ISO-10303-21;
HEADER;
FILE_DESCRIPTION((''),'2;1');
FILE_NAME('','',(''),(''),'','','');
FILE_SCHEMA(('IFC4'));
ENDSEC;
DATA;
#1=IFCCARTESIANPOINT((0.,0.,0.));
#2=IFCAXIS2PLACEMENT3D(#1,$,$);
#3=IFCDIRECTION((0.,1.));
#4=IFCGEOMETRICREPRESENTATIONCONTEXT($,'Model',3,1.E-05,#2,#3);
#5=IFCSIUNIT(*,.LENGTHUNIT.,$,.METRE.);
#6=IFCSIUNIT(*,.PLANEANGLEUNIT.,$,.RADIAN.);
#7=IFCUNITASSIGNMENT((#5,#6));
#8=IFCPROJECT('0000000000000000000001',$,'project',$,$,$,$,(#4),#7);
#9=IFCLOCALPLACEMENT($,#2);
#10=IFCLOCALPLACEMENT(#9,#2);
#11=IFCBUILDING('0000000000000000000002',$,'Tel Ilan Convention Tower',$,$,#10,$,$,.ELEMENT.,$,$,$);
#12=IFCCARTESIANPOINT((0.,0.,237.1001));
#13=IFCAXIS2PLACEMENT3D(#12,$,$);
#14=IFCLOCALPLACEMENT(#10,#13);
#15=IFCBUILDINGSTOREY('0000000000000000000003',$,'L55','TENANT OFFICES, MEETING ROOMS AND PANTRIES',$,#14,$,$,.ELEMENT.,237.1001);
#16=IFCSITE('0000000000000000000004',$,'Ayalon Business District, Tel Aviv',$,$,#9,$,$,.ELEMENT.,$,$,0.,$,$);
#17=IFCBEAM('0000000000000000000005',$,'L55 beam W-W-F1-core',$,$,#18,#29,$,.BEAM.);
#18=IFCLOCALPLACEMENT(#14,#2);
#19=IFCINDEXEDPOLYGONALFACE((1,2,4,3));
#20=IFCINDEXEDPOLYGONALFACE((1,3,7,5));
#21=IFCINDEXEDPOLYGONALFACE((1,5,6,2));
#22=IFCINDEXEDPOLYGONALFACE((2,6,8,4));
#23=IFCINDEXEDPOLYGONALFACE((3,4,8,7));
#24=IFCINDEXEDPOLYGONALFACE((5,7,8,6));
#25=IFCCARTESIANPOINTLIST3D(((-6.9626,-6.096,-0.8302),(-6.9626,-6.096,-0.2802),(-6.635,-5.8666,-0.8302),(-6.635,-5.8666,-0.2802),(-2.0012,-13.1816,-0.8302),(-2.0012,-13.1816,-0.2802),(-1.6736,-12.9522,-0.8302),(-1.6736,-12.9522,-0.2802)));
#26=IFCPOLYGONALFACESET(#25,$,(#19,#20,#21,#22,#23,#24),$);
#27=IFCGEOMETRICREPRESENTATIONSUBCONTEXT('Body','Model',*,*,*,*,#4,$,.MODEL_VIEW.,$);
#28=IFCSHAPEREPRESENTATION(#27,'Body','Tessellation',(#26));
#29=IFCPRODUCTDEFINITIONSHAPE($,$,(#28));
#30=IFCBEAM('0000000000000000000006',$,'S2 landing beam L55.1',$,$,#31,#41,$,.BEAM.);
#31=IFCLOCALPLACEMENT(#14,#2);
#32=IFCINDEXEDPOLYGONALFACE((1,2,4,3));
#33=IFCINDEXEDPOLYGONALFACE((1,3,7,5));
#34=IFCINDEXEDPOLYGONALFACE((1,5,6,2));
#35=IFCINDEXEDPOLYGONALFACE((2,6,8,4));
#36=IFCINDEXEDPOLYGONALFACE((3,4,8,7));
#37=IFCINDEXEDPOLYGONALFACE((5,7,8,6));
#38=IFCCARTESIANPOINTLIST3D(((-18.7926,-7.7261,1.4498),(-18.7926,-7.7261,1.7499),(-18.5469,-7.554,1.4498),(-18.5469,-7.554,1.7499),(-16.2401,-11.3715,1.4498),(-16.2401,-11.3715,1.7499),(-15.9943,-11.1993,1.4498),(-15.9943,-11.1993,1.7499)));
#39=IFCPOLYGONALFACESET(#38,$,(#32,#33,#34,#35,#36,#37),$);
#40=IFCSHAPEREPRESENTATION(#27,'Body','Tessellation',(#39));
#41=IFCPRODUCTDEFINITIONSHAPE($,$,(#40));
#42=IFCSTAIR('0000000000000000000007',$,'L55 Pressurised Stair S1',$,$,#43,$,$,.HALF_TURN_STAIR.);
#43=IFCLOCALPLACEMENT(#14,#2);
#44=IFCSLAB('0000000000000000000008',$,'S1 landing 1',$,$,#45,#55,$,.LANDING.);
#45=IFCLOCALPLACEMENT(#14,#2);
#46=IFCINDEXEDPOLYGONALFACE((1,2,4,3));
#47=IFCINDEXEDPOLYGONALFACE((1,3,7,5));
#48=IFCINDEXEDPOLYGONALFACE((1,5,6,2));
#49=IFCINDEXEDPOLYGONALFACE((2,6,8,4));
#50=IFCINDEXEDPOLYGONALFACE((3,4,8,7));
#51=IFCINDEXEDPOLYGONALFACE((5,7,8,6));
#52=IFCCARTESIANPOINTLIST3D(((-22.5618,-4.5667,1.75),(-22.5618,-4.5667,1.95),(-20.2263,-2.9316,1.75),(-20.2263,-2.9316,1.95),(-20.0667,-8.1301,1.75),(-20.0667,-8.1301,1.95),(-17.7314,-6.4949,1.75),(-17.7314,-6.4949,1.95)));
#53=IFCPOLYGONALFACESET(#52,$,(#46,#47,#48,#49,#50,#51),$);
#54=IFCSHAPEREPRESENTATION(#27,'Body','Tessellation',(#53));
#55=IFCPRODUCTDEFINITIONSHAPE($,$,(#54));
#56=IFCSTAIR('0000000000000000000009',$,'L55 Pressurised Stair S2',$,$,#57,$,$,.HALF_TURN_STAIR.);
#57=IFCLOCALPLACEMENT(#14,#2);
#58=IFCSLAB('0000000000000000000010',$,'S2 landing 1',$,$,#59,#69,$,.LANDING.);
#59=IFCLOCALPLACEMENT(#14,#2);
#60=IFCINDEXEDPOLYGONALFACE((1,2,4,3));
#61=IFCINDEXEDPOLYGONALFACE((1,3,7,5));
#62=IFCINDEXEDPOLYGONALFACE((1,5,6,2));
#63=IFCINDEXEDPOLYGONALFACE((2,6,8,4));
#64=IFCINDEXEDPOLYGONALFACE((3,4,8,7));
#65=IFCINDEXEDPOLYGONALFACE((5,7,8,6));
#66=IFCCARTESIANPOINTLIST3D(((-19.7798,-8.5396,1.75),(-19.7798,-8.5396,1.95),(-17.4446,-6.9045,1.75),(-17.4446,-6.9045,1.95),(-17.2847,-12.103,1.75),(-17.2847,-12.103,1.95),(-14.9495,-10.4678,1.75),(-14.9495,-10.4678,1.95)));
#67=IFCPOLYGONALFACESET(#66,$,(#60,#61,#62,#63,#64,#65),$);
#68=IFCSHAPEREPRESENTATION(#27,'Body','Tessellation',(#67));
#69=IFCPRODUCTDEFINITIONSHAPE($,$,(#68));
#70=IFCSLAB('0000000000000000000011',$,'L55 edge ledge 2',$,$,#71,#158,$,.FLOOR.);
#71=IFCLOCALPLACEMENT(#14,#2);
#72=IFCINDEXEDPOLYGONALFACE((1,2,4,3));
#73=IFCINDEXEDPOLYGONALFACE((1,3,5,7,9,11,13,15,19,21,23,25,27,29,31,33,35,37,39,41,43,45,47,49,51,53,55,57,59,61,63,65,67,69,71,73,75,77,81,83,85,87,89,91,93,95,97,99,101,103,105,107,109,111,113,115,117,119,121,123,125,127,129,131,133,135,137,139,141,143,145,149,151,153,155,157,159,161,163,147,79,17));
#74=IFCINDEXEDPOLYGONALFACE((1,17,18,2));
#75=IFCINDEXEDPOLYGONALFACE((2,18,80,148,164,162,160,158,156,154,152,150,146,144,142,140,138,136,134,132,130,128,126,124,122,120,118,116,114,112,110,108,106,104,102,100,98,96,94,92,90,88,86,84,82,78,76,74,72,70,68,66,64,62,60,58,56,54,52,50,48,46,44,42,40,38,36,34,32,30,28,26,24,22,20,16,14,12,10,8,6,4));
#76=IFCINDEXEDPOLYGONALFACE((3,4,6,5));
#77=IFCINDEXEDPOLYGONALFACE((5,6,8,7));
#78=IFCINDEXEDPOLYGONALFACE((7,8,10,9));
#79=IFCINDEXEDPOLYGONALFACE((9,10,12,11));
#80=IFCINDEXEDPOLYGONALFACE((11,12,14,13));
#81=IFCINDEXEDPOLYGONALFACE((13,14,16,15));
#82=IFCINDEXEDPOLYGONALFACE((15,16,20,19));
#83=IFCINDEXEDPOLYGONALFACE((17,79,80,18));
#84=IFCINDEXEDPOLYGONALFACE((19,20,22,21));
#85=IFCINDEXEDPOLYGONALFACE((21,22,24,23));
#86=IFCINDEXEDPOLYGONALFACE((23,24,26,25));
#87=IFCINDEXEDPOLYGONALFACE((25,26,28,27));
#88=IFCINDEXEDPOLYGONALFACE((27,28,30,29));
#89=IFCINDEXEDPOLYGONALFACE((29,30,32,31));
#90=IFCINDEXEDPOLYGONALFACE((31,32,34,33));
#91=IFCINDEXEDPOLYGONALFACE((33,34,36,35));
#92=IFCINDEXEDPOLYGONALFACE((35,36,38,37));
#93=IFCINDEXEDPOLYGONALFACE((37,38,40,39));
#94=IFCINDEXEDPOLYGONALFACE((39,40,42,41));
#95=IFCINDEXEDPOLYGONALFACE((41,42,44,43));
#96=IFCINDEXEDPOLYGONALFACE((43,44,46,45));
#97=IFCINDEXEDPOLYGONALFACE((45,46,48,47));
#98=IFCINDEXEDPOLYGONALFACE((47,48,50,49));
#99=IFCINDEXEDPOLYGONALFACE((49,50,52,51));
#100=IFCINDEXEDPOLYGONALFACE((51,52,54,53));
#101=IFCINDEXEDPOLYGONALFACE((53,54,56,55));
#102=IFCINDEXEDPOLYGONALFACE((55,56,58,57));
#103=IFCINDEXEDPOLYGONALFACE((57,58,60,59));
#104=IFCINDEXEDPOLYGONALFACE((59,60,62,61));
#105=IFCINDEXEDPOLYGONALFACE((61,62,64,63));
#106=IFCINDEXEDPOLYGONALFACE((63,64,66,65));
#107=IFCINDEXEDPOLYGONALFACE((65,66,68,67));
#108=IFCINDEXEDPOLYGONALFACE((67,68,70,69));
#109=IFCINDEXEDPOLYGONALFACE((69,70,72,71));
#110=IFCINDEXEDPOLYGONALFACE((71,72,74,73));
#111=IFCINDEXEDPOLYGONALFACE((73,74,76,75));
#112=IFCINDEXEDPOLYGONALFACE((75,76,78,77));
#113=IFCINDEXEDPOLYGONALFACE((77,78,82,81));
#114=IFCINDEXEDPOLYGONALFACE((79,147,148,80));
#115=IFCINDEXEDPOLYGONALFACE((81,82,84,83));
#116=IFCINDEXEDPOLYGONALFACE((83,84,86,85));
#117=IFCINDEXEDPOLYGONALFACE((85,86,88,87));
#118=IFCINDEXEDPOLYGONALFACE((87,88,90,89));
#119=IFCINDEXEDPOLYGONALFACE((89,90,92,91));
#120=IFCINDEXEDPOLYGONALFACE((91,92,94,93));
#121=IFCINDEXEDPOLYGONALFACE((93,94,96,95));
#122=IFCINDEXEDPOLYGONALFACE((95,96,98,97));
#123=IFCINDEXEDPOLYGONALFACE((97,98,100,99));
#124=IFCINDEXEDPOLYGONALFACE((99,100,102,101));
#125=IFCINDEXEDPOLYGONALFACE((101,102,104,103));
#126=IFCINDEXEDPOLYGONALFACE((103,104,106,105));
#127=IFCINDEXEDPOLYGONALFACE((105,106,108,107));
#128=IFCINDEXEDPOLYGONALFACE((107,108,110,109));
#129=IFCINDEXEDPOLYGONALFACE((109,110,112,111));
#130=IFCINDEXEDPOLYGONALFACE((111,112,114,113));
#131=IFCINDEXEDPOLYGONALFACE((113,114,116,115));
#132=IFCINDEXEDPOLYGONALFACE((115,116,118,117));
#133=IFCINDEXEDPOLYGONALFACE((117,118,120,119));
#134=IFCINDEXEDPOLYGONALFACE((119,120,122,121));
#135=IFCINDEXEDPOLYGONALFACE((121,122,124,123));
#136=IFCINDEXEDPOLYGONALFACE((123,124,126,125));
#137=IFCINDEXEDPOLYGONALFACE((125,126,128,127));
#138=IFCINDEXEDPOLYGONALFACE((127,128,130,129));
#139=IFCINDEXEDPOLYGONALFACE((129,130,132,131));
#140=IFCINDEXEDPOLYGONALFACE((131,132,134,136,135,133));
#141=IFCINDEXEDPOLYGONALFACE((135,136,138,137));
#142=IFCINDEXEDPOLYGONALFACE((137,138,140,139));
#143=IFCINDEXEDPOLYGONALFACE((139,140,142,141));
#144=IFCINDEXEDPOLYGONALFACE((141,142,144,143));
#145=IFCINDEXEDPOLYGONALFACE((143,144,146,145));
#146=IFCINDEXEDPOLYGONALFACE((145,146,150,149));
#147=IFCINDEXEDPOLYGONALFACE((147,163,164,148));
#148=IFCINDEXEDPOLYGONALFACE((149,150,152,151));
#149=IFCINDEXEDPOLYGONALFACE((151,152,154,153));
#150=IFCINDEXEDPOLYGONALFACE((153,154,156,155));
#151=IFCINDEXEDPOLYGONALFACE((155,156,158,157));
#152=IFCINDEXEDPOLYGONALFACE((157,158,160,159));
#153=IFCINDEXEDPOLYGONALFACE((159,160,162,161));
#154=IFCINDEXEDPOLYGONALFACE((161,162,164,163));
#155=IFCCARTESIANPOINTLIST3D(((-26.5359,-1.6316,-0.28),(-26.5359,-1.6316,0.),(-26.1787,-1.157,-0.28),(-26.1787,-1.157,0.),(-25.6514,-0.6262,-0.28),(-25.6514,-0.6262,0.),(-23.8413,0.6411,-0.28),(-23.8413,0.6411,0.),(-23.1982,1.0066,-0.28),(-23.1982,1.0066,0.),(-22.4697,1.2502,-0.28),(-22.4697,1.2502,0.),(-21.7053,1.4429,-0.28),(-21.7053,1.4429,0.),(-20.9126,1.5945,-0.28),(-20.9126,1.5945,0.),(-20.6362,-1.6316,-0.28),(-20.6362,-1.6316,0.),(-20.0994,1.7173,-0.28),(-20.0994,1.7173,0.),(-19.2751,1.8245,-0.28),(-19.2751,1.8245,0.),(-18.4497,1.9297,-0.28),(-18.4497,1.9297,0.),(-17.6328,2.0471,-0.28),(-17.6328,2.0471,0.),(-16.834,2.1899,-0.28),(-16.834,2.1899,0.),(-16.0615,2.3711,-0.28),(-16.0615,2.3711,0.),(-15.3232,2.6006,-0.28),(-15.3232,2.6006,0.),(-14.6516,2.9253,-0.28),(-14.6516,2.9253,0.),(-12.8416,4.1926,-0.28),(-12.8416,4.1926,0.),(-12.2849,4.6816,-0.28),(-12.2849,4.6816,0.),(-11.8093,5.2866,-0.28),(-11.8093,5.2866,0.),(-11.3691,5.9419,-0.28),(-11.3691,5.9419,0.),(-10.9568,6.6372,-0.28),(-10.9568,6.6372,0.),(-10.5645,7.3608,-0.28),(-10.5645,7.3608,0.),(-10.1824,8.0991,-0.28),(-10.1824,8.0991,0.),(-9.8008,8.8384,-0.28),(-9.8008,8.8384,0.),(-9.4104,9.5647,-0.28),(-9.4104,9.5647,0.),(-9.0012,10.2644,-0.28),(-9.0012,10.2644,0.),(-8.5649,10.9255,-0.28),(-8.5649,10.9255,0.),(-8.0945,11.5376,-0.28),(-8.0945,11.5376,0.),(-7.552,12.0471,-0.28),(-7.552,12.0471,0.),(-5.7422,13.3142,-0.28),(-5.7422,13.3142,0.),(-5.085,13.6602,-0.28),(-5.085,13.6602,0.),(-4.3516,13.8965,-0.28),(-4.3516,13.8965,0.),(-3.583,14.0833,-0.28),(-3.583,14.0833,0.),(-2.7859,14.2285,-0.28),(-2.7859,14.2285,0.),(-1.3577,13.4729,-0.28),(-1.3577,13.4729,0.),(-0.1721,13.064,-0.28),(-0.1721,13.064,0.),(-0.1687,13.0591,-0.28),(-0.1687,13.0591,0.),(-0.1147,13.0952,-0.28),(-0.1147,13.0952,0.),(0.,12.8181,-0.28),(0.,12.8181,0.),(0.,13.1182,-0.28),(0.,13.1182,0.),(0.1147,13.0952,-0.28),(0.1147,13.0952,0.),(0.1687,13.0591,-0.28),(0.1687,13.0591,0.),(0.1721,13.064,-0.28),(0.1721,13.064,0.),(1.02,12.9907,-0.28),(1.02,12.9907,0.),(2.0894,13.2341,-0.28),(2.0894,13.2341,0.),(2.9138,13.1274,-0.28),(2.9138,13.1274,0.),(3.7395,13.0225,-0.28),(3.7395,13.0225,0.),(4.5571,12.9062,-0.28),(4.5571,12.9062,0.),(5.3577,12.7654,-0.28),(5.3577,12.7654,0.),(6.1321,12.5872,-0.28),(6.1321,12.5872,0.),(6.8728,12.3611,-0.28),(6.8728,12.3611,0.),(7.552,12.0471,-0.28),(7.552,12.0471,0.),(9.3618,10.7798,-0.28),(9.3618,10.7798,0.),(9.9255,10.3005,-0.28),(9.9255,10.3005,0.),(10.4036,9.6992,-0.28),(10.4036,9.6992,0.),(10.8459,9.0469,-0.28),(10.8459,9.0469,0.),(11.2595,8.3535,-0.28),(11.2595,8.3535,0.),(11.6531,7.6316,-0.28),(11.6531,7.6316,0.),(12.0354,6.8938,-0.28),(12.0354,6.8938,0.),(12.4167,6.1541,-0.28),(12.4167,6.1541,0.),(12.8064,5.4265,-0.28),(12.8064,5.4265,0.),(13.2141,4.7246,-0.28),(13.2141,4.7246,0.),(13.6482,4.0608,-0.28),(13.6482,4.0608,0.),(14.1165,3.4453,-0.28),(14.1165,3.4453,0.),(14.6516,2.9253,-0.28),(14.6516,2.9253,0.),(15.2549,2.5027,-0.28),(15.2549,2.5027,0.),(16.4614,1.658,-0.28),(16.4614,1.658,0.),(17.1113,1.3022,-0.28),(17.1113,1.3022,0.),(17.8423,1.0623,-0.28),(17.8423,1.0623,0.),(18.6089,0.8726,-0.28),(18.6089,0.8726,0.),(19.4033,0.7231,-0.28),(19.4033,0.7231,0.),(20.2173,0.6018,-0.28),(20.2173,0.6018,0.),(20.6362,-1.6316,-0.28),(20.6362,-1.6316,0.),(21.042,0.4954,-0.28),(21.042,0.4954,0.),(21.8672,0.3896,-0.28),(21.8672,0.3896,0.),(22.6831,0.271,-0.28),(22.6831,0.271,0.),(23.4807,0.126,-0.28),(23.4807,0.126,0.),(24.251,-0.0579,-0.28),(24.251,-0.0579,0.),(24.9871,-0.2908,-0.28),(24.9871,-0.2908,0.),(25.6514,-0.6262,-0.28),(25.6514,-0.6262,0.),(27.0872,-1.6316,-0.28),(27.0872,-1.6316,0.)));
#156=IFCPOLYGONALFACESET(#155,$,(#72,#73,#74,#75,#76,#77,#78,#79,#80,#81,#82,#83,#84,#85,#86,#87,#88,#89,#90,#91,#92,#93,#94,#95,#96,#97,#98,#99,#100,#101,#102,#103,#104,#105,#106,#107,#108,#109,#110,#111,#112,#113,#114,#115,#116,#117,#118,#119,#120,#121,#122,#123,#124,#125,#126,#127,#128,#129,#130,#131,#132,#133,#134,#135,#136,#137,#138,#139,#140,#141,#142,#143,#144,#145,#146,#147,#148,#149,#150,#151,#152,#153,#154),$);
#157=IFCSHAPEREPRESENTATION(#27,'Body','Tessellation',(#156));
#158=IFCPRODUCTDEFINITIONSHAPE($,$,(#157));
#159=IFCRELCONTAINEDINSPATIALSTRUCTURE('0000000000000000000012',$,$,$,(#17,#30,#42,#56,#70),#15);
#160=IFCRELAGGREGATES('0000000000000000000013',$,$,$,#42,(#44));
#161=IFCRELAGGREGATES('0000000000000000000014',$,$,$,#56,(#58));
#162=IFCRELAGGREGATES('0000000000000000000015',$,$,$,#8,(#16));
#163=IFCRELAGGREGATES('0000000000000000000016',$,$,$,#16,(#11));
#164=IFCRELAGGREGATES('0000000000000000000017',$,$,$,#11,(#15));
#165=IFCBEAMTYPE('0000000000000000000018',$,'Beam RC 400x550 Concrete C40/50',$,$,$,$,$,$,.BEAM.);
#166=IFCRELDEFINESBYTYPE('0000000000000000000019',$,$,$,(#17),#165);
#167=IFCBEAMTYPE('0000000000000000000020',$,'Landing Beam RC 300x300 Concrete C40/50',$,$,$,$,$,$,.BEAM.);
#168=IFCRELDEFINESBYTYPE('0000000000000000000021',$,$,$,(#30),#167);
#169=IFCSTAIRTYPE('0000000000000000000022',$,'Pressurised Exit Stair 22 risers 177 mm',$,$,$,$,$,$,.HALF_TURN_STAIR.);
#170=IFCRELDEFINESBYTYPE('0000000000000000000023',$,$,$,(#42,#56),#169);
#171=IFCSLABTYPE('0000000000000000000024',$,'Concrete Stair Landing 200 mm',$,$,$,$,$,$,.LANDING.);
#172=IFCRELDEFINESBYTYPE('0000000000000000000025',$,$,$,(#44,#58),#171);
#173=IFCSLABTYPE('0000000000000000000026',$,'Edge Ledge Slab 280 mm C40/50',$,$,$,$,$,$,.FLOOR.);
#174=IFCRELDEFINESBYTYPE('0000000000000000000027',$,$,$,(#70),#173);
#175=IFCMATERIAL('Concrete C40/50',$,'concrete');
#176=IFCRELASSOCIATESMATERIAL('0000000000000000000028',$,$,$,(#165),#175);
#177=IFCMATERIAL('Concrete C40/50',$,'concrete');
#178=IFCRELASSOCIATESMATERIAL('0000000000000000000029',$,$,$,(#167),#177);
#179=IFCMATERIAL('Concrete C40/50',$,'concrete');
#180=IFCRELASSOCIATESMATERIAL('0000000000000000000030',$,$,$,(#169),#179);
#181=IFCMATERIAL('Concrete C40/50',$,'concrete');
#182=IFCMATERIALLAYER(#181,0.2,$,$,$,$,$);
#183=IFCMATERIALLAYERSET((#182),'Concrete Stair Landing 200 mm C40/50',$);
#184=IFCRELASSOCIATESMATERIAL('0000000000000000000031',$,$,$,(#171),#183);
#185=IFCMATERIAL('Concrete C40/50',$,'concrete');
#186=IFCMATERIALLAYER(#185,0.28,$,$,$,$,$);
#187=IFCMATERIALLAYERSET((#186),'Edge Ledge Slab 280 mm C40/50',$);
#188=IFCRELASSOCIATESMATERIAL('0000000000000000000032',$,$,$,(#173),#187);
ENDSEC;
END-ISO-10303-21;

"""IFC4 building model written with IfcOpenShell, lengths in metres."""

from ifc_helpers import new_model, si_unit, direction, frame, origin, origin_2d, place, context, subcontext, project, spatial, polyline, rectangle, outline, extrude, material, layer, layer_set, material_profile, profile_set, type_object, element, aggregate, save


model = new_model("IFC4")

# Units and contexts
model_context = context("Model", 3, precision=1e-05, world=origin(), true_north=direction((0.0, 1.0)))
body_context = subcontext(model_context, "Body", "Model", "MODEL_VIEW")
ifc_project = project(units=[si_unit("LENGTHUNIT", "METRE"), si_unit("PLANEANGLEUNIT", "RADIAN")], contexts=[model_context])

# Site, building, storey
site_placement = place(None, origin())
site = spatial("IfcSite", under=ifc_project, at=site_placement, Name="Ayalon Business District, Tel Aviv", CompositionType="ELEMENT", RefElevation=0.0)
building_placement = place(site_placement, origin())
building = spatial("IfcBuilding", under=site, at=building_placement, Name="Tel Ilan Convention Tower", CompositionType="ELEMENT")
storey_placement = place(building_placement, frame((0.0, 0.0, 237.1001)))
storey = spatial("IfcBuildingStorey", under=building, at=storey_placement, Name="L55", Description="TENANT OFFICES, MEETING ROOMS AND PANTRIES", CompositionType="ELEMENT", Elevation=237.1001)

# Beams
ifc_material_1 = material(Name="Concrete C40/50", Category="concrete")
ifc_material_profile_1 = material_profile(ifc_material_1, rectangle(XDim=0.3999, YDim=0.55, at=origin_2d()), Name="RC 400x550")
ifc_profile_set_1 = profile_set([ifc_material_profile_1], Name="Concrete C40/50")
beam_type_1 = type_object("IfcBeamType", Name="Beam RC 400x550 Concrete C40/50", PredefinedType="BEAM", material=ifc_profile_set_1)
beam_1_placement = place(storey_placement, frame((-1.8374, -13.0669, -0.5552), z_axis=(-0.573574, 0.819154, 0.0), x_axis=(-0.819154, -0.573574, 0.0)))
element("IfcBeam", 1, at=beam_1_placement, inside=storey, type_object=beam_type_1, Name="L55 beam W-W-F1-core", PredefinedType="BEAM", context=body_context, shape_type="SweptSolid", body=[
    extrude(rectangle(XDim=0.3999, YDim=0.55, at=origin_2d()), origin(), (0.0, 0.0, 1.0), 8.6499),
])
ifc_material_2 = material(Name="Concrete C40/50", Category="concrete")
ifc_material_profile_2 = material_profile(ifc_material_2, rectangle(XDim=0.3, YDim=0.3, at=origin_2d()), Name="RC 300x300")
ifc_profile_set_2 = profile_set([ifc_material_profile_2], Name="Concrete C40/50")
beam_type_2 = type_object("IfcBeamType", Name="Landing Beam RC 300x300 Concrete C40/50", PredefinedType="BEAM", material=ifc_profile_set_2)
beam_2_placement = place(storey_placement, frame((-16.1172, -11.2854, 1.5999), z_axis=(-0.573584, 0.819147, 0.0), x_axis=(-0.819147, -0.573584, 0.0)))
element("IfcBeam", 2, at=beam_2_placement, inside=storey, type_object=beam_type_2, Name="S2 landing beam L55.1", PredefinedType="BEAM", context=body_context, shape_type="SweptSolid", body=[
    extrude(rectangle(XDim=0.3, YDim=0.3, at=origin_2d()), origin(), (0.0, 0.0, 1.0), 4.4502),
])

# Stairs, slabs
ifc_material_3 = material(Name="Concrete C40/50", Category="concrete")
stair_type = type_object("IfcStairType", Name="Pressurised Exit Stair 22 risers 177 mm", PredefinedType="HALF_TURN_STAIR", material=ifc_material_3)
stair_1_placement = place(storey_placement, origin())
stair_1 = element("IfcStair", 3, at=stair_1_placement, inside=storey, type_object=stair_type, Name="L55 Pressurised Stair S1", PredefinedType="HALF_TURN_STAIR")
ifc_material_4 = material(Name="Concrete C40/50", Category="concrete")
ifc_layer_1 = layer(ifc_material_4, 0.2)
ifc_layer_set_1 = layer_set([ifc_layer_1], Name="Concrete Stair Landing 200 mm C40/50")
slab_type_1 = type_object("IfcSlabType", Name="Concrete Stair Landing 200 mm", PredefinedType="LANDING", material=ifc_layer_set_1)
slab_1_placement = place(storey_placement, frame((0.0, 0.0, 1.75)))
slab_1 = element("IfcSlab", 4, at=slab_1_placement, type_object=slab_type_1, Name="S1 landing 1", PredefinedType="LANDING", context=body_context, shape_type="SweptSolid", body=[
    extrude(outline(polyline([(-20.0667, -8.1301), (-17.7314, -6.4949), (-20.2263, -2.9316), (-22.5618, -4.5667), (-20.0667, -8.1301)])), origin(), (0.0, 0.0, 1.0), 0.2),
])
aggregate(stair_1, [slab_1])
stair_2_placement = place(storey_placement, origin())
stair_2 = element("IfcStair", 5, at=stair_2_placement, inside=storey, type_object=stair_type, Name="L55 Pressurised Stair S2", PredefinedType="HALF_TURN_STAIR")
slab_2_placement = place(storey_placement, frame((0.0, 0.0, 1.75)))
slab_2 = element("IfcSlab", 6, at=slab_2_placement, type_object=slab_type_1, Name="S2 landing 1", PredefinedType="LANDING", context=body_context, shape_type="SweptSolid", body=[
    extrude(outline(polyline([(-17.2847, -12.103), (-14.9495, -10.4678), (-17.4446, -6.9045), (-19.7798, -8.5396), (-17.2847, -12.103)])), origin(), (0.0, 0.0, 1.0), 0.2),
])
aggregate(stair_2, [slab_2])

# Slab
ifc_material_5 = material(Name="Concrete C40/50", Category="concrete")
ifc_layer_2 = layer(ifc_material_5, 0.28)
ifc_layer_set_2 = layer_set([ifc_layer_2], Name="Edge Ledge Slab 280 mm C40/50")
slab_type_2 = type_object("IfcSlabType", Name="Edge Ledge Slab 280 mm C40/50", PredefinedType="FLOOR", material=ifc_layer_set_2)
slab_3_placement = place(storey_placement, frame((0.0, 0.0, -0.28)))
element("IfcSlab", 7, at=slab_3_placement, inside=storey, type_object=slab_type_2, Name="L55 edge ledge 2", PredefinedType="FLOOR", context=body_context, shape_type="SweptSolid", body=[
    extrude(outline(polyline([(-23.1982, 1.0066), (-22.4697, 1.2502), (-21.7053, 1.4429), (-20.9126, 1.5945), (-20.0994, 1.7173), (-19.2751, 1.8245), (-18.4497, 1.9297), (-17.6328, 2.0471), (-16.834, 2.1899), (-16.0615, 2.3711), (-15.3232, 2.6006), (-14.6516, 2.9253), (-12.8416, 4.1926), (-12.2849, 4.6816), (-11.8093, 5.2866), (-11.3691, 5.9419), (-10.9568, 6.6372), (-10.5645, 7.3608), (-10.1824, 8.0991), (-9.8008, 8.8384), (-9.4104, 9.5647), (-9.0012, 10.2644), (-8.5649, 10.9255), (-8.0945, 11.5376), (-7.552, 12.0471), (-5.7422, 13.3142), (-5.085, 13.6602), (-4.3516, 13.8965), (-3.583, 14.0833), (-2.7859, 14.2285), (-1.3577, 13.4729), (-0.1721, 13.064), (-0.1687, 13.0591), (-0.1147, 13.0952), (0.0, 13.1182), (0.1147, 13.0952), (0.1687, 13.0591), (0.1721, 13.064), (1.02, 12.9907), (2.0894, 13.2341), (2.9138, 13.1274), (3.7395, 13.0225), (4.5571, 12.9062), (5.3577, 12.7654), (6.1321, 12.5872), (6.8728, 12.3611), (7.552, 12.0471), (9.3618, 10.7798), (9.9255, 10.3005), (10.4036, 9.6992), (10.8459, 9.0469), (11.2595, 8.3535), (11.6531, 7.6316), (12.0354, 6.8938), (12.4167, 6.1541), (12.8064, 5.4265), (13.2141, 4.7246), (13.6482, 4.0608), (14.1165, 3.4453), (14.6516, 2.9253), (15.2549, 2.5027), (16.4614, 1.658), (17.1113, 1.3022), (17.8423, 1.0623), (18.6089, 0.8726), (19.4033, 0.7231), (20.2173, 0.6018), (21.042, 0.4954), (21.8672, 0.3896), (22.6831, 0.271), (23.4807, 0.126), (24.251, -0.0579), (24.9871, -0.2908), (25.6514, -0.6262), (27.0872, -1.6316), (20.6362, -1.6316), (0.0, 12.8181), (-20.6362, -1.6316), (-26.5359, -1.6316), (-26.1787, -1.157), (-25.6514, -0.6262), (-23.8413, 0.6411), (-23.1982, 1.0066)])), origin(), (0.0, 0.0, 1.0), 0.28),
])

save(model, "model.ifc")
